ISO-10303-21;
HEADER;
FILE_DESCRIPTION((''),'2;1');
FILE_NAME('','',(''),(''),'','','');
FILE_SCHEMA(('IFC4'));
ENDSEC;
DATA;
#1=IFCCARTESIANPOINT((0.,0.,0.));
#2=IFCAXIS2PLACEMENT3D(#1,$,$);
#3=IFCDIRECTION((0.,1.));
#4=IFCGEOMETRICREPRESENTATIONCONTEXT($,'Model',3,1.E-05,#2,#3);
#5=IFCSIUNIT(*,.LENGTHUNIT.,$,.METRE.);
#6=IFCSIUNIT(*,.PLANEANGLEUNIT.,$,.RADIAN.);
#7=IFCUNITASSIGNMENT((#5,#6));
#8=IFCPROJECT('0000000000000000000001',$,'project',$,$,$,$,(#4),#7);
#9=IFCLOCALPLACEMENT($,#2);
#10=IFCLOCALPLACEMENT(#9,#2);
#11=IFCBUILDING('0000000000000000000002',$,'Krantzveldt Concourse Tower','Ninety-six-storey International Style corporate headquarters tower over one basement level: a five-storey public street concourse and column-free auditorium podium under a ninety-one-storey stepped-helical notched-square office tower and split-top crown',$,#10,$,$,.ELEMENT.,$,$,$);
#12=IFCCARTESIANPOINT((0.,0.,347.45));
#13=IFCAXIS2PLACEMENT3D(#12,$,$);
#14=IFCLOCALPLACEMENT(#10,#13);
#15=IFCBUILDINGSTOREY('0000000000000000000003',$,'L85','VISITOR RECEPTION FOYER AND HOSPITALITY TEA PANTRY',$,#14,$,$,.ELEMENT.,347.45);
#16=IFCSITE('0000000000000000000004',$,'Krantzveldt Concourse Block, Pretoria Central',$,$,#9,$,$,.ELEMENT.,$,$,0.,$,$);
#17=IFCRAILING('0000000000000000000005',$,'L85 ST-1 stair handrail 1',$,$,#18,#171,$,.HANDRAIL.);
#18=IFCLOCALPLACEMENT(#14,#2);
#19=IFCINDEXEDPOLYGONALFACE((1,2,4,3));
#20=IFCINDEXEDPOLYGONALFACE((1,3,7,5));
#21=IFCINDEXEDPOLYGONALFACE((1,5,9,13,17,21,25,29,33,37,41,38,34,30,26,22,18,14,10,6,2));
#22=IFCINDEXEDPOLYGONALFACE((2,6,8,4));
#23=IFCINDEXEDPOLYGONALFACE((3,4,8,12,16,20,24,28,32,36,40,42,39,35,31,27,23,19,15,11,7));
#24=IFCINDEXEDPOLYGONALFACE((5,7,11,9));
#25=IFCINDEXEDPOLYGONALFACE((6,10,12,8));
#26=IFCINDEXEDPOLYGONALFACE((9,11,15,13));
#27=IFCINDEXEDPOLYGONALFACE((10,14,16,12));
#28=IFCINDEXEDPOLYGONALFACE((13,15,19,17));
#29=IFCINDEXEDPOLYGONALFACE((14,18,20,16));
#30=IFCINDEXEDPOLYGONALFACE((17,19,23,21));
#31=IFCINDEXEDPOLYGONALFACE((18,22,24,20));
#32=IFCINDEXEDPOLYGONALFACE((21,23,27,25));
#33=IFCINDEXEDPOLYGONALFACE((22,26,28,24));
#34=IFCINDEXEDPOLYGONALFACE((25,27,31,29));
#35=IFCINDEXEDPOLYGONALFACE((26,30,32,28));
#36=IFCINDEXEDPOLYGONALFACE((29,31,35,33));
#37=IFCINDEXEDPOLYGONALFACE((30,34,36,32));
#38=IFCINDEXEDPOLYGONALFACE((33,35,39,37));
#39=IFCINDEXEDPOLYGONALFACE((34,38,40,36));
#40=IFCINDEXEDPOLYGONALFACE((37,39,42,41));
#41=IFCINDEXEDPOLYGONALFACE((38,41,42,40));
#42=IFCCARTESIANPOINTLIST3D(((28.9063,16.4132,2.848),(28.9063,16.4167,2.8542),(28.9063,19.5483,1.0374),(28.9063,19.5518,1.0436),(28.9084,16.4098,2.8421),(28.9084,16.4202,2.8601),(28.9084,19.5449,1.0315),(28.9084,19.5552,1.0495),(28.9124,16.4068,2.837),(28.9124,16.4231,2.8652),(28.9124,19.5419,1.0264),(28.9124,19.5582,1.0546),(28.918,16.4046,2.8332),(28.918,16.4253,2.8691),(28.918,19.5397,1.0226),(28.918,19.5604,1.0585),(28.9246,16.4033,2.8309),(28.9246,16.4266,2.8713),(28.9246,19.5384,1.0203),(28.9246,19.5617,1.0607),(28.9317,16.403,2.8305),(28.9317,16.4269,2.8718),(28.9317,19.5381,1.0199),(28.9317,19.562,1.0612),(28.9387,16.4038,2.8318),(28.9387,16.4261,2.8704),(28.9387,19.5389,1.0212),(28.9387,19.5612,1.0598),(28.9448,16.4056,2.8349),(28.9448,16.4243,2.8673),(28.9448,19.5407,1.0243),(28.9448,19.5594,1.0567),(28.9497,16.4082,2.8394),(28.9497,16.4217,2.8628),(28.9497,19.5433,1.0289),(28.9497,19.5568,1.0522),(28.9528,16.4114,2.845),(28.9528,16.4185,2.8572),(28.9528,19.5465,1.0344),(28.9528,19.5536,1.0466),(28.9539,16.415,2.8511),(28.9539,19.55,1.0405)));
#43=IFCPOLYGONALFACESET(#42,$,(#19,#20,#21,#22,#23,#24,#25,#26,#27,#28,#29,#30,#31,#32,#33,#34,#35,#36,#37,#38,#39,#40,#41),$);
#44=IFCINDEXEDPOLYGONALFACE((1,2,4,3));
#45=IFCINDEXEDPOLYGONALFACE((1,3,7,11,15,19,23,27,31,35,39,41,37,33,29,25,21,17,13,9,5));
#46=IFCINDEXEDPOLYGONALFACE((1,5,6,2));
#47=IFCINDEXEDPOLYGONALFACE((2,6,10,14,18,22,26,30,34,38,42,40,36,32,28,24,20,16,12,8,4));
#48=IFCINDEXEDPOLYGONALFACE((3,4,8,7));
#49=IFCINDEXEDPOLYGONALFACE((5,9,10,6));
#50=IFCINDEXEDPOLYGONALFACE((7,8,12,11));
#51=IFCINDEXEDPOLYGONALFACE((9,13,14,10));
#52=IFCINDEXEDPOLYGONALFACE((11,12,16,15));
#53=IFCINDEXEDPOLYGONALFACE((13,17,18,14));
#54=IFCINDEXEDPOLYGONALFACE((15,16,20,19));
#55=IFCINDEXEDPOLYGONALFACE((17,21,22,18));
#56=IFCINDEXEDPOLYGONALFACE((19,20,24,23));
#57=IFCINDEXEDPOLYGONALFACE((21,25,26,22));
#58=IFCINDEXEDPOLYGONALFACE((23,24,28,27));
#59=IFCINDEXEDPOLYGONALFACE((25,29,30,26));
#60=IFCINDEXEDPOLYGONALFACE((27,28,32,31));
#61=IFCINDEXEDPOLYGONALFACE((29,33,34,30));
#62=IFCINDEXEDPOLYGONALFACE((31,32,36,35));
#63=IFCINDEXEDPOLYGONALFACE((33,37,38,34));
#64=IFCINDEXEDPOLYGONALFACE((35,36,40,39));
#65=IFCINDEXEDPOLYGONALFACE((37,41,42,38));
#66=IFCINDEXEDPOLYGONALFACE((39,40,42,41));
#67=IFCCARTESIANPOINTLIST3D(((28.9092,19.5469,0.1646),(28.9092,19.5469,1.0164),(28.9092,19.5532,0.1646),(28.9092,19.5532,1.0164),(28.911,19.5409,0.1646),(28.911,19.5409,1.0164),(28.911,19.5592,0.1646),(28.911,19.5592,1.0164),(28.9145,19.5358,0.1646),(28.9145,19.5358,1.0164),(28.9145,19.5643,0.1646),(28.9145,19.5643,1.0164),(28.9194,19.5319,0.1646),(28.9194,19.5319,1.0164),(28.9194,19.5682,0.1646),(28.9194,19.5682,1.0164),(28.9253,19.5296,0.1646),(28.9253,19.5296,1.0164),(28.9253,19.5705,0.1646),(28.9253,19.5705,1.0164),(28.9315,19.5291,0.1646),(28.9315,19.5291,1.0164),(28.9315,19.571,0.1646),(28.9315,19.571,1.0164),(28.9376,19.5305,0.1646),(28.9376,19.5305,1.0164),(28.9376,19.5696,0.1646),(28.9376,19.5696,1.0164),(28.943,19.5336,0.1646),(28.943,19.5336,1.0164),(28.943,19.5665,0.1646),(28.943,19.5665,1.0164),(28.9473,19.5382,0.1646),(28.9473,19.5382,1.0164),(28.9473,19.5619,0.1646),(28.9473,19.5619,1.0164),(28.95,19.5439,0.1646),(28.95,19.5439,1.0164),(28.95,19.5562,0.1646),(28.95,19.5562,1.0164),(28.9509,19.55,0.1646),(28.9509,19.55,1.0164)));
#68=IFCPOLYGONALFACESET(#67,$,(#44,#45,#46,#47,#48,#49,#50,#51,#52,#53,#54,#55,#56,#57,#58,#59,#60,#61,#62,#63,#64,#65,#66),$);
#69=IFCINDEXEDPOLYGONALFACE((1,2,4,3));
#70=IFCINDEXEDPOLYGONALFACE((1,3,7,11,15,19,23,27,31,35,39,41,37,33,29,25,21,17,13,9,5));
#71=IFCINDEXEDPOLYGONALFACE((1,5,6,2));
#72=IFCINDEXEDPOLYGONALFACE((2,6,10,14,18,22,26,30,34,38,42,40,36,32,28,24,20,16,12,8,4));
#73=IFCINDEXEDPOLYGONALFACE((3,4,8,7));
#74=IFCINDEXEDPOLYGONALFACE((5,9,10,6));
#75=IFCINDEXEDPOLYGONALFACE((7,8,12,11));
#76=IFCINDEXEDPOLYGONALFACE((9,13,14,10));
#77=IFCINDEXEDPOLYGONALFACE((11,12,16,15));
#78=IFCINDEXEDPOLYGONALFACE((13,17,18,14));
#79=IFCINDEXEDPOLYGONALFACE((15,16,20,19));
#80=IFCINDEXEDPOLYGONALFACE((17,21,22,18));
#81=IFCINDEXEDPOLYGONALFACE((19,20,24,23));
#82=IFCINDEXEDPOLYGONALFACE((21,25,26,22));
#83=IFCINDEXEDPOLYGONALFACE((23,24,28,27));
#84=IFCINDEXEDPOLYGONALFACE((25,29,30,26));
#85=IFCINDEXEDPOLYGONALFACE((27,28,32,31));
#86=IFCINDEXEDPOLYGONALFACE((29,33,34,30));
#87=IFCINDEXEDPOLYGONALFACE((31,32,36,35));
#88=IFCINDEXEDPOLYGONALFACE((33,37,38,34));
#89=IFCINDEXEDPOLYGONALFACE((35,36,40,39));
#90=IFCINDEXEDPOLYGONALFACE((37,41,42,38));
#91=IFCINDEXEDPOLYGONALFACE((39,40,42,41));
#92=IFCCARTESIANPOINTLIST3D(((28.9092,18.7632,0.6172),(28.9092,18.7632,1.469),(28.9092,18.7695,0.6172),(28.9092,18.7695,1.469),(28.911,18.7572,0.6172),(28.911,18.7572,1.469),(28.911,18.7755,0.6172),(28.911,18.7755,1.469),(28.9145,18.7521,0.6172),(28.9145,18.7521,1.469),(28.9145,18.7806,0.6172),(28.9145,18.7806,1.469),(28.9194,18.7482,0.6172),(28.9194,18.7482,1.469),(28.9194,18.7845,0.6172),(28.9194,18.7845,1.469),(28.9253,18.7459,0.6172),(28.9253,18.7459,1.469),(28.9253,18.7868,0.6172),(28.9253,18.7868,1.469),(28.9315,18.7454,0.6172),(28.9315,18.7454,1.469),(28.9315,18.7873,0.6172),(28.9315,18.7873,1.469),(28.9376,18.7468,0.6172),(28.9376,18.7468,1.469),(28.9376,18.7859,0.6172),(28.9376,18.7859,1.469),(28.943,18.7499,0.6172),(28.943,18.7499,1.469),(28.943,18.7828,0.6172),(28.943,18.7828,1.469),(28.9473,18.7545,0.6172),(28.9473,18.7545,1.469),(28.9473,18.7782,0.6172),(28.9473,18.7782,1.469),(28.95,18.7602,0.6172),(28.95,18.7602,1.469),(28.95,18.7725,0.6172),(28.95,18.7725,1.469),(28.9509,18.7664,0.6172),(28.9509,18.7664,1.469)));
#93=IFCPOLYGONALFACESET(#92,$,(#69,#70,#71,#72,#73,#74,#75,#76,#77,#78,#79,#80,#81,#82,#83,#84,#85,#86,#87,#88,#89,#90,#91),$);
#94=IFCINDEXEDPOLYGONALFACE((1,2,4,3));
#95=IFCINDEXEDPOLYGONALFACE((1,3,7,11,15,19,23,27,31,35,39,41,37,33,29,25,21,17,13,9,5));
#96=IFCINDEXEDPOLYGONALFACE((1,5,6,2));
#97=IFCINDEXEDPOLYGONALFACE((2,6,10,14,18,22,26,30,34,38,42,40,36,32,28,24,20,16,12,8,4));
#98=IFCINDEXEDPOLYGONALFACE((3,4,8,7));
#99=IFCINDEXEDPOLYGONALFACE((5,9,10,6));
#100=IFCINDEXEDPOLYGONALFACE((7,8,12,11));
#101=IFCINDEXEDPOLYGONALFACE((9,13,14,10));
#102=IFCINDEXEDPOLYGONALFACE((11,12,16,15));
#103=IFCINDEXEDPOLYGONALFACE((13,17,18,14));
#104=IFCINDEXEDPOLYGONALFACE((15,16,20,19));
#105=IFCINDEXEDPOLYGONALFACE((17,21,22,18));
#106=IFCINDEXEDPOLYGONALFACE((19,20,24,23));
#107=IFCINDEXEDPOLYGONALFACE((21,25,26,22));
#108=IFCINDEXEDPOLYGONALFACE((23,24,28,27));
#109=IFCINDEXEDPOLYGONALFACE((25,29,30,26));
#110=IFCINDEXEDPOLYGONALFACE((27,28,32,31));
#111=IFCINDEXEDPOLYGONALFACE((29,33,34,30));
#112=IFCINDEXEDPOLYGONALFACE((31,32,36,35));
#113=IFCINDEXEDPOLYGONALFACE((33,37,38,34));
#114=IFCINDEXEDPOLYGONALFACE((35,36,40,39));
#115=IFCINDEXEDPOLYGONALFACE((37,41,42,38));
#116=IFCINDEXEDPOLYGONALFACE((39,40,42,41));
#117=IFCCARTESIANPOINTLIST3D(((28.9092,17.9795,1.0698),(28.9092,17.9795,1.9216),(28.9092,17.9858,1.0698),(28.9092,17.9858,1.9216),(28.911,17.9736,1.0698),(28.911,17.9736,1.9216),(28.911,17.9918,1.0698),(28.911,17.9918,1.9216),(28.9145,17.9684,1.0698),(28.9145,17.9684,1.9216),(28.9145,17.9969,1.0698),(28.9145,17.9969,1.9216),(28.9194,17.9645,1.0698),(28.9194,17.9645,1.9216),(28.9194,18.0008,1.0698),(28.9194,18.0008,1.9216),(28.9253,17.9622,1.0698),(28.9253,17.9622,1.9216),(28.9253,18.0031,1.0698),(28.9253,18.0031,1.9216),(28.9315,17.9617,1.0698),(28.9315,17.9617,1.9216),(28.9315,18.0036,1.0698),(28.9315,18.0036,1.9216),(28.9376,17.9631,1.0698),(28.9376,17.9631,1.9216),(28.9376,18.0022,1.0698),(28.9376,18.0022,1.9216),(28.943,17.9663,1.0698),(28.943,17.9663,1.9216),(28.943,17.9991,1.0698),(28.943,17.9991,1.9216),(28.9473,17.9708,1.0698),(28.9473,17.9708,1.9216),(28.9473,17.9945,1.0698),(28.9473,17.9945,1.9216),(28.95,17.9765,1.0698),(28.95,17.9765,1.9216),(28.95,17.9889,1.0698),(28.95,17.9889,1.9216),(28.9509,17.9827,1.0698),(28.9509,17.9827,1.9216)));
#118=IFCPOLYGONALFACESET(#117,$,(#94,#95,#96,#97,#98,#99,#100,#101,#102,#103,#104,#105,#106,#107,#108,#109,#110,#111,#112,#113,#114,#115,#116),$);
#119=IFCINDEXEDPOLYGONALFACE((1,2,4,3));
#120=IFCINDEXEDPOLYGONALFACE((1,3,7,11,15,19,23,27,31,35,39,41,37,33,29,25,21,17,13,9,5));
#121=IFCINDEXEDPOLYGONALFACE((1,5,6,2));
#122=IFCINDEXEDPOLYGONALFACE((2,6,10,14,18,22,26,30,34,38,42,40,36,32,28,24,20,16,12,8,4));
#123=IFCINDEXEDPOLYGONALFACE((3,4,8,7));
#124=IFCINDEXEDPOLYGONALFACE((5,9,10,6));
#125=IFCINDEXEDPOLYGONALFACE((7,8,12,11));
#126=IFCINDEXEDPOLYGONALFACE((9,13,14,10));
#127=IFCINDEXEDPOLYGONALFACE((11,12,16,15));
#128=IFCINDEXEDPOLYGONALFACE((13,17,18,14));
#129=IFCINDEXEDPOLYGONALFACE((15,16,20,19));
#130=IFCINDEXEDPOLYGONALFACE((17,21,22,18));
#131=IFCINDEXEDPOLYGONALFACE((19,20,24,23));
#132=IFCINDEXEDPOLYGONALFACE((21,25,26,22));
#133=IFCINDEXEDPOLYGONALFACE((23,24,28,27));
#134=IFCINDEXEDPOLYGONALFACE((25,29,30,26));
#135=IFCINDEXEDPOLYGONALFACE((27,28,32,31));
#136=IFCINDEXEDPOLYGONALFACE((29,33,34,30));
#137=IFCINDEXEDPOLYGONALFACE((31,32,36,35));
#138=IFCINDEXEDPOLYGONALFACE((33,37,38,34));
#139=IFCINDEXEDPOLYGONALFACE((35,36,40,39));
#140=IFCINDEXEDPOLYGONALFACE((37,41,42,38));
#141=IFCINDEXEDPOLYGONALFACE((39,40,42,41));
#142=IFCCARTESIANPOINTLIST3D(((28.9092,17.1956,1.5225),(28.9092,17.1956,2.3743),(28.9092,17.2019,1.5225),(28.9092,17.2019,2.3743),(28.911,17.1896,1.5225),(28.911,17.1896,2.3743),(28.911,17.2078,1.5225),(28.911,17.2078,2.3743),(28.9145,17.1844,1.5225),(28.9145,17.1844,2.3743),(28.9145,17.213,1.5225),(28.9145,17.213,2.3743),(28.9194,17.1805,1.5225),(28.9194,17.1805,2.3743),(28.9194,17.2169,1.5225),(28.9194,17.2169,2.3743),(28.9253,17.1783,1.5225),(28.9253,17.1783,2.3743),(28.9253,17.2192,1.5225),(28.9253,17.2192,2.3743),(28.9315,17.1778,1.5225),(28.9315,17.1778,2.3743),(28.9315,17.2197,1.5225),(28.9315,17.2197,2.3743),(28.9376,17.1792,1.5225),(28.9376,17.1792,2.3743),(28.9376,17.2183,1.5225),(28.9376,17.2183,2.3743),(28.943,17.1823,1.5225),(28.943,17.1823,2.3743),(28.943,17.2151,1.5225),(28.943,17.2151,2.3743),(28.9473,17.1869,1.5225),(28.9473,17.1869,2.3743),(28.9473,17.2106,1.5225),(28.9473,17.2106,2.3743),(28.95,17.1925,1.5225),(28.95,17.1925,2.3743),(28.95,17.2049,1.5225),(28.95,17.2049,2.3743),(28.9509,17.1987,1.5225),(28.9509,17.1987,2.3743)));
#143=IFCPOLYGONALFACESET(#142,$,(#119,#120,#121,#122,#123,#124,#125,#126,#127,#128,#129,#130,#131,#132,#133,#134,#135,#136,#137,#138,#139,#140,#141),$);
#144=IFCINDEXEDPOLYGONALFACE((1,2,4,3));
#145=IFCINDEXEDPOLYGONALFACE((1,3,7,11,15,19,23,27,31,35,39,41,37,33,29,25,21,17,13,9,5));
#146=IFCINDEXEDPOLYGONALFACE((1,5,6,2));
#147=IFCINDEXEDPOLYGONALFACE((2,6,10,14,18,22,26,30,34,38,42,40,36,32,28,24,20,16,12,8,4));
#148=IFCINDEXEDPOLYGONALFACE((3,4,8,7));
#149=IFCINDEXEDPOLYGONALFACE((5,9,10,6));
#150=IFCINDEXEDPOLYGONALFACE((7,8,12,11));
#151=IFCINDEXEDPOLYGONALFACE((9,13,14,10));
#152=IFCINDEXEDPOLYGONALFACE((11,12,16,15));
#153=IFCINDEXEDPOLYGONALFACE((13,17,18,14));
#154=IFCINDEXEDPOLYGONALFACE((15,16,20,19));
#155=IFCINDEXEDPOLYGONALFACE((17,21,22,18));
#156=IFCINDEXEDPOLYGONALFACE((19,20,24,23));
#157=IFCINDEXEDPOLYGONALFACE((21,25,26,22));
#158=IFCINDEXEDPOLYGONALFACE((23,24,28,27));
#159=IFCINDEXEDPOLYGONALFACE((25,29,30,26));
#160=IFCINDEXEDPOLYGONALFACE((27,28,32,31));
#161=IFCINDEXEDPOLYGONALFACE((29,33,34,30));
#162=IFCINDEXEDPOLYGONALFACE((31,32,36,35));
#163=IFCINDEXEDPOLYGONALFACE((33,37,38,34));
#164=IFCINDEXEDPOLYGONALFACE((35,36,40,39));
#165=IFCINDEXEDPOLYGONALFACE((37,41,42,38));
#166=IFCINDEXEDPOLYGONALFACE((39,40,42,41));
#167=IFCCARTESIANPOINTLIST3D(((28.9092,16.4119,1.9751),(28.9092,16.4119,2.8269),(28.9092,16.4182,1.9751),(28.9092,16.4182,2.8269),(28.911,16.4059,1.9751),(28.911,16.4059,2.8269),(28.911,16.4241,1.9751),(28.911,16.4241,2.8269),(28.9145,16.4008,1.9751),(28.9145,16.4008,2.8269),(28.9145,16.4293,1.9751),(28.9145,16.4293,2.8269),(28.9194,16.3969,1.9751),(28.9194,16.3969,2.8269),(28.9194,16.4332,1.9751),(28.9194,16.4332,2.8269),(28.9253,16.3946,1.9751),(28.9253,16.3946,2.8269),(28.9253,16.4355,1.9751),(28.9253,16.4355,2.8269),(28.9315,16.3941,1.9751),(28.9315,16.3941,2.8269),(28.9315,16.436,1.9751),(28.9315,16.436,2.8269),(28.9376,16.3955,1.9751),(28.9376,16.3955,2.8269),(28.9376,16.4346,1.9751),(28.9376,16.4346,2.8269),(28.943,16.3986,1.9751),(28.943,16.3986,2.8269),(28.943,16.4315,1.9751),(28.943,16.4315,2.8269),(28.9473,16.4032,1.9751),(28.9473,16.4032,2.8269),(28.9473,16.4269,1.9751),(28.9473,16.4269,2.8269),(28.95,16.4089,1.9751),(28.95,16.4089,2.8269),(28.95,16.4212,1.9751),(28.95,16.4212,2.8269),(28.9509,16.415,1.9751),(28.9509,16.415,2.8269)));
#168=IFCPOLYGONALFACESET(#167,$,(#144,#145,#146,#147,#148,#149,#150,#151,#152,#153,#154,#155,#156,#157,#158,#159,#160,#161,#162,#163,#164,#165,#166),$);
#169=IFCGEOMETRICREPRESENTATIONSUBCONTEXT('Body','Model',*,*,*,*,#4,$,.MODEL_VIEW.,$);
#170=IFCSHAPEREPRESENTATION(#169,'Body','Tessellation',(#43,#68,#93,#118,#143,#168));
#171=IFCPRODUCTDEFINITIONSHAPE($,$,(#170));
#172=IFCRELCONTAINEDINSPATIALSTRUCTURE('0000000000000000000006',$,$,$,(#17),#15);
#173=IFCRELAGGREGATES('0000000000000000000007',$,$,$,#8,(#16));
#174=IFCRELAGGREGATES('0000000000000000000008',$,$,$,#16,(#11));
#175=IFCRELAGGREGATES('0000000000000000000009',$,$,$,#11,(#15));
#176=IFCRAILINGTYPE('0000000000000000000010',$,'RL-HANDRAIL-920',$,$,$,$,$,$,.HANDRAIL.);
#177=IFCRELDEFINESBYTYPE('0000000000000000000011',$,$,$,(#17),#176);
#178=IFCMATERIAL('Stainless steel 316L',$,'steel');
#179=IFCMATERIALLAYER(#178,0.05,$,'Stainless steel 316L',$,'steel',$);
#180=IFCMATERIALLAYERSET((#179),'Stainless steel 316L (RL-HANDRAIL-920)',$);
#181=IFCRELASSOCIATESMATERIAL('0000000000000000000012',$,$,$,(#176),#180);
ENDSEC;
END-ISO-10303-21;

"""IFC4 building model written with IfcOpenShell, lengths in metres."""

from ifc_helpers import new_model, si_unit, direction, frame, origin, origin_2d, place, context, subcontext, project, spatial, circle, extrude, material, layer, layer_set, type_object, element, save


model = new_model("IFC4")

# Units and contexts
model_context = context("Model", 3, precision=1e-05, world=origin(), true_north=direction((0.0, 1.0)))
body_context = subcontext(model_context, "Body", "Model", "MODEL_VIEW")
ifc_project = project(units=[si_unit("LENGTHUNIT", "METRE"), si_unit("PLANEANGLEUNIT", "RADIAN")], contexts=[model_context])

# Site, building, storey
site_placement = place(None, origin())
site = spatial("IfcSite", under=ifc_project, at=site_placement, Name="Krantzveldt Concourse Block, Pretoria Central", CompositionType="ELEMENT", RefElevation=0.0)
building_placement = place(site_placement, origin())
building = spatial("IfcBuilding", under=site, at=building_placement, Name="Krantzveldt Concourse Tower", Description="Ninety-six-storey International Style corporate headquarters tower over one basement level: a five-storey public street concourse and column-free auditorium podium under a ninety-one-storey stepped-helical notched-square office tower and split-top crown", CompositionType="ELEMENT")
storey_placement = place(building_placement, frame((0.0, 0.0, 347.45)))
storey = spatial("IfcBuildingStorey", under=building, at=storey_placement, Name="L85", Description="VISITOR RECEPTION FOYER AND HOSPITALITY TEA PANTRY", CompositionType="ELEMENT", Elevation=347.45)

# Shared definitions
ifc_material_1 = material(Name="Stainless steel 316L", Category="steel")

# Railing
ifc_layer_1 = layer(ifc_material_1, 0.05, Name="Stainless steel 316L", Category="steel")
ifc_layer_set_1 = layer_set([ifc_layer_1], Name="Stainless steel 316L (RL-HANDRAIL-920)")
railing_type_1 = type_object("IfcRailingType", Name="RL-HANDRAIL-920", PredefinedType="HANDRAIL", material=ifc_layer_set_1)
railing_1_placement = place(storey_placement, frame((28.9299, 19.55, 0.1646)))
element("IfcRailing", 1, at=railing_1_placement, inside=storey, type_object=railing_type_1, Name="L85 ST-1 stair handrail 1", PredefinedType="HANDRAIL", context=body_context, shape_type="SweptSolid", body=[
    extrude(circle(Radius=0.0239, at=origin_2d()), frame((0.0, 0.0, 0.876), z_axis=(0.0, -0.86596, 0.500114), x_axis=(1.0, 0.0, 0.0)), (0.0, 0.0, 1.0), 3.6204),
    extrude(circle(Radius=0.021, at=origin_2d()), origin(), (0.0, 0.0, 1.0), 0.8518),
    extrude(circle(Radius=0.021, at=origin_2d()), frame((0.0, -0.7837, 0.4526)), (0.0, 0.0, 1.0), 0.8518),
    extrude(circle(Radius=0.021, at=origin_2d()), frame((0.0, -1.5674, 0.9053)), (0.0, 0.0, 1.0), 0.8518),
    extrude(circle(Radius=0.021, at=origin_2d()), frame((0.0, -2.3513, 1.3579)), (0.0, 0.0, 1.0), 0.8518),
    extrude(circle(Radius=0.021, at=origin_2d()), frame((0.0, -3.135, 1.8105)), (0.0, 0.0, 1.0), 0.8518),
])

save(model, "model.ifc")
